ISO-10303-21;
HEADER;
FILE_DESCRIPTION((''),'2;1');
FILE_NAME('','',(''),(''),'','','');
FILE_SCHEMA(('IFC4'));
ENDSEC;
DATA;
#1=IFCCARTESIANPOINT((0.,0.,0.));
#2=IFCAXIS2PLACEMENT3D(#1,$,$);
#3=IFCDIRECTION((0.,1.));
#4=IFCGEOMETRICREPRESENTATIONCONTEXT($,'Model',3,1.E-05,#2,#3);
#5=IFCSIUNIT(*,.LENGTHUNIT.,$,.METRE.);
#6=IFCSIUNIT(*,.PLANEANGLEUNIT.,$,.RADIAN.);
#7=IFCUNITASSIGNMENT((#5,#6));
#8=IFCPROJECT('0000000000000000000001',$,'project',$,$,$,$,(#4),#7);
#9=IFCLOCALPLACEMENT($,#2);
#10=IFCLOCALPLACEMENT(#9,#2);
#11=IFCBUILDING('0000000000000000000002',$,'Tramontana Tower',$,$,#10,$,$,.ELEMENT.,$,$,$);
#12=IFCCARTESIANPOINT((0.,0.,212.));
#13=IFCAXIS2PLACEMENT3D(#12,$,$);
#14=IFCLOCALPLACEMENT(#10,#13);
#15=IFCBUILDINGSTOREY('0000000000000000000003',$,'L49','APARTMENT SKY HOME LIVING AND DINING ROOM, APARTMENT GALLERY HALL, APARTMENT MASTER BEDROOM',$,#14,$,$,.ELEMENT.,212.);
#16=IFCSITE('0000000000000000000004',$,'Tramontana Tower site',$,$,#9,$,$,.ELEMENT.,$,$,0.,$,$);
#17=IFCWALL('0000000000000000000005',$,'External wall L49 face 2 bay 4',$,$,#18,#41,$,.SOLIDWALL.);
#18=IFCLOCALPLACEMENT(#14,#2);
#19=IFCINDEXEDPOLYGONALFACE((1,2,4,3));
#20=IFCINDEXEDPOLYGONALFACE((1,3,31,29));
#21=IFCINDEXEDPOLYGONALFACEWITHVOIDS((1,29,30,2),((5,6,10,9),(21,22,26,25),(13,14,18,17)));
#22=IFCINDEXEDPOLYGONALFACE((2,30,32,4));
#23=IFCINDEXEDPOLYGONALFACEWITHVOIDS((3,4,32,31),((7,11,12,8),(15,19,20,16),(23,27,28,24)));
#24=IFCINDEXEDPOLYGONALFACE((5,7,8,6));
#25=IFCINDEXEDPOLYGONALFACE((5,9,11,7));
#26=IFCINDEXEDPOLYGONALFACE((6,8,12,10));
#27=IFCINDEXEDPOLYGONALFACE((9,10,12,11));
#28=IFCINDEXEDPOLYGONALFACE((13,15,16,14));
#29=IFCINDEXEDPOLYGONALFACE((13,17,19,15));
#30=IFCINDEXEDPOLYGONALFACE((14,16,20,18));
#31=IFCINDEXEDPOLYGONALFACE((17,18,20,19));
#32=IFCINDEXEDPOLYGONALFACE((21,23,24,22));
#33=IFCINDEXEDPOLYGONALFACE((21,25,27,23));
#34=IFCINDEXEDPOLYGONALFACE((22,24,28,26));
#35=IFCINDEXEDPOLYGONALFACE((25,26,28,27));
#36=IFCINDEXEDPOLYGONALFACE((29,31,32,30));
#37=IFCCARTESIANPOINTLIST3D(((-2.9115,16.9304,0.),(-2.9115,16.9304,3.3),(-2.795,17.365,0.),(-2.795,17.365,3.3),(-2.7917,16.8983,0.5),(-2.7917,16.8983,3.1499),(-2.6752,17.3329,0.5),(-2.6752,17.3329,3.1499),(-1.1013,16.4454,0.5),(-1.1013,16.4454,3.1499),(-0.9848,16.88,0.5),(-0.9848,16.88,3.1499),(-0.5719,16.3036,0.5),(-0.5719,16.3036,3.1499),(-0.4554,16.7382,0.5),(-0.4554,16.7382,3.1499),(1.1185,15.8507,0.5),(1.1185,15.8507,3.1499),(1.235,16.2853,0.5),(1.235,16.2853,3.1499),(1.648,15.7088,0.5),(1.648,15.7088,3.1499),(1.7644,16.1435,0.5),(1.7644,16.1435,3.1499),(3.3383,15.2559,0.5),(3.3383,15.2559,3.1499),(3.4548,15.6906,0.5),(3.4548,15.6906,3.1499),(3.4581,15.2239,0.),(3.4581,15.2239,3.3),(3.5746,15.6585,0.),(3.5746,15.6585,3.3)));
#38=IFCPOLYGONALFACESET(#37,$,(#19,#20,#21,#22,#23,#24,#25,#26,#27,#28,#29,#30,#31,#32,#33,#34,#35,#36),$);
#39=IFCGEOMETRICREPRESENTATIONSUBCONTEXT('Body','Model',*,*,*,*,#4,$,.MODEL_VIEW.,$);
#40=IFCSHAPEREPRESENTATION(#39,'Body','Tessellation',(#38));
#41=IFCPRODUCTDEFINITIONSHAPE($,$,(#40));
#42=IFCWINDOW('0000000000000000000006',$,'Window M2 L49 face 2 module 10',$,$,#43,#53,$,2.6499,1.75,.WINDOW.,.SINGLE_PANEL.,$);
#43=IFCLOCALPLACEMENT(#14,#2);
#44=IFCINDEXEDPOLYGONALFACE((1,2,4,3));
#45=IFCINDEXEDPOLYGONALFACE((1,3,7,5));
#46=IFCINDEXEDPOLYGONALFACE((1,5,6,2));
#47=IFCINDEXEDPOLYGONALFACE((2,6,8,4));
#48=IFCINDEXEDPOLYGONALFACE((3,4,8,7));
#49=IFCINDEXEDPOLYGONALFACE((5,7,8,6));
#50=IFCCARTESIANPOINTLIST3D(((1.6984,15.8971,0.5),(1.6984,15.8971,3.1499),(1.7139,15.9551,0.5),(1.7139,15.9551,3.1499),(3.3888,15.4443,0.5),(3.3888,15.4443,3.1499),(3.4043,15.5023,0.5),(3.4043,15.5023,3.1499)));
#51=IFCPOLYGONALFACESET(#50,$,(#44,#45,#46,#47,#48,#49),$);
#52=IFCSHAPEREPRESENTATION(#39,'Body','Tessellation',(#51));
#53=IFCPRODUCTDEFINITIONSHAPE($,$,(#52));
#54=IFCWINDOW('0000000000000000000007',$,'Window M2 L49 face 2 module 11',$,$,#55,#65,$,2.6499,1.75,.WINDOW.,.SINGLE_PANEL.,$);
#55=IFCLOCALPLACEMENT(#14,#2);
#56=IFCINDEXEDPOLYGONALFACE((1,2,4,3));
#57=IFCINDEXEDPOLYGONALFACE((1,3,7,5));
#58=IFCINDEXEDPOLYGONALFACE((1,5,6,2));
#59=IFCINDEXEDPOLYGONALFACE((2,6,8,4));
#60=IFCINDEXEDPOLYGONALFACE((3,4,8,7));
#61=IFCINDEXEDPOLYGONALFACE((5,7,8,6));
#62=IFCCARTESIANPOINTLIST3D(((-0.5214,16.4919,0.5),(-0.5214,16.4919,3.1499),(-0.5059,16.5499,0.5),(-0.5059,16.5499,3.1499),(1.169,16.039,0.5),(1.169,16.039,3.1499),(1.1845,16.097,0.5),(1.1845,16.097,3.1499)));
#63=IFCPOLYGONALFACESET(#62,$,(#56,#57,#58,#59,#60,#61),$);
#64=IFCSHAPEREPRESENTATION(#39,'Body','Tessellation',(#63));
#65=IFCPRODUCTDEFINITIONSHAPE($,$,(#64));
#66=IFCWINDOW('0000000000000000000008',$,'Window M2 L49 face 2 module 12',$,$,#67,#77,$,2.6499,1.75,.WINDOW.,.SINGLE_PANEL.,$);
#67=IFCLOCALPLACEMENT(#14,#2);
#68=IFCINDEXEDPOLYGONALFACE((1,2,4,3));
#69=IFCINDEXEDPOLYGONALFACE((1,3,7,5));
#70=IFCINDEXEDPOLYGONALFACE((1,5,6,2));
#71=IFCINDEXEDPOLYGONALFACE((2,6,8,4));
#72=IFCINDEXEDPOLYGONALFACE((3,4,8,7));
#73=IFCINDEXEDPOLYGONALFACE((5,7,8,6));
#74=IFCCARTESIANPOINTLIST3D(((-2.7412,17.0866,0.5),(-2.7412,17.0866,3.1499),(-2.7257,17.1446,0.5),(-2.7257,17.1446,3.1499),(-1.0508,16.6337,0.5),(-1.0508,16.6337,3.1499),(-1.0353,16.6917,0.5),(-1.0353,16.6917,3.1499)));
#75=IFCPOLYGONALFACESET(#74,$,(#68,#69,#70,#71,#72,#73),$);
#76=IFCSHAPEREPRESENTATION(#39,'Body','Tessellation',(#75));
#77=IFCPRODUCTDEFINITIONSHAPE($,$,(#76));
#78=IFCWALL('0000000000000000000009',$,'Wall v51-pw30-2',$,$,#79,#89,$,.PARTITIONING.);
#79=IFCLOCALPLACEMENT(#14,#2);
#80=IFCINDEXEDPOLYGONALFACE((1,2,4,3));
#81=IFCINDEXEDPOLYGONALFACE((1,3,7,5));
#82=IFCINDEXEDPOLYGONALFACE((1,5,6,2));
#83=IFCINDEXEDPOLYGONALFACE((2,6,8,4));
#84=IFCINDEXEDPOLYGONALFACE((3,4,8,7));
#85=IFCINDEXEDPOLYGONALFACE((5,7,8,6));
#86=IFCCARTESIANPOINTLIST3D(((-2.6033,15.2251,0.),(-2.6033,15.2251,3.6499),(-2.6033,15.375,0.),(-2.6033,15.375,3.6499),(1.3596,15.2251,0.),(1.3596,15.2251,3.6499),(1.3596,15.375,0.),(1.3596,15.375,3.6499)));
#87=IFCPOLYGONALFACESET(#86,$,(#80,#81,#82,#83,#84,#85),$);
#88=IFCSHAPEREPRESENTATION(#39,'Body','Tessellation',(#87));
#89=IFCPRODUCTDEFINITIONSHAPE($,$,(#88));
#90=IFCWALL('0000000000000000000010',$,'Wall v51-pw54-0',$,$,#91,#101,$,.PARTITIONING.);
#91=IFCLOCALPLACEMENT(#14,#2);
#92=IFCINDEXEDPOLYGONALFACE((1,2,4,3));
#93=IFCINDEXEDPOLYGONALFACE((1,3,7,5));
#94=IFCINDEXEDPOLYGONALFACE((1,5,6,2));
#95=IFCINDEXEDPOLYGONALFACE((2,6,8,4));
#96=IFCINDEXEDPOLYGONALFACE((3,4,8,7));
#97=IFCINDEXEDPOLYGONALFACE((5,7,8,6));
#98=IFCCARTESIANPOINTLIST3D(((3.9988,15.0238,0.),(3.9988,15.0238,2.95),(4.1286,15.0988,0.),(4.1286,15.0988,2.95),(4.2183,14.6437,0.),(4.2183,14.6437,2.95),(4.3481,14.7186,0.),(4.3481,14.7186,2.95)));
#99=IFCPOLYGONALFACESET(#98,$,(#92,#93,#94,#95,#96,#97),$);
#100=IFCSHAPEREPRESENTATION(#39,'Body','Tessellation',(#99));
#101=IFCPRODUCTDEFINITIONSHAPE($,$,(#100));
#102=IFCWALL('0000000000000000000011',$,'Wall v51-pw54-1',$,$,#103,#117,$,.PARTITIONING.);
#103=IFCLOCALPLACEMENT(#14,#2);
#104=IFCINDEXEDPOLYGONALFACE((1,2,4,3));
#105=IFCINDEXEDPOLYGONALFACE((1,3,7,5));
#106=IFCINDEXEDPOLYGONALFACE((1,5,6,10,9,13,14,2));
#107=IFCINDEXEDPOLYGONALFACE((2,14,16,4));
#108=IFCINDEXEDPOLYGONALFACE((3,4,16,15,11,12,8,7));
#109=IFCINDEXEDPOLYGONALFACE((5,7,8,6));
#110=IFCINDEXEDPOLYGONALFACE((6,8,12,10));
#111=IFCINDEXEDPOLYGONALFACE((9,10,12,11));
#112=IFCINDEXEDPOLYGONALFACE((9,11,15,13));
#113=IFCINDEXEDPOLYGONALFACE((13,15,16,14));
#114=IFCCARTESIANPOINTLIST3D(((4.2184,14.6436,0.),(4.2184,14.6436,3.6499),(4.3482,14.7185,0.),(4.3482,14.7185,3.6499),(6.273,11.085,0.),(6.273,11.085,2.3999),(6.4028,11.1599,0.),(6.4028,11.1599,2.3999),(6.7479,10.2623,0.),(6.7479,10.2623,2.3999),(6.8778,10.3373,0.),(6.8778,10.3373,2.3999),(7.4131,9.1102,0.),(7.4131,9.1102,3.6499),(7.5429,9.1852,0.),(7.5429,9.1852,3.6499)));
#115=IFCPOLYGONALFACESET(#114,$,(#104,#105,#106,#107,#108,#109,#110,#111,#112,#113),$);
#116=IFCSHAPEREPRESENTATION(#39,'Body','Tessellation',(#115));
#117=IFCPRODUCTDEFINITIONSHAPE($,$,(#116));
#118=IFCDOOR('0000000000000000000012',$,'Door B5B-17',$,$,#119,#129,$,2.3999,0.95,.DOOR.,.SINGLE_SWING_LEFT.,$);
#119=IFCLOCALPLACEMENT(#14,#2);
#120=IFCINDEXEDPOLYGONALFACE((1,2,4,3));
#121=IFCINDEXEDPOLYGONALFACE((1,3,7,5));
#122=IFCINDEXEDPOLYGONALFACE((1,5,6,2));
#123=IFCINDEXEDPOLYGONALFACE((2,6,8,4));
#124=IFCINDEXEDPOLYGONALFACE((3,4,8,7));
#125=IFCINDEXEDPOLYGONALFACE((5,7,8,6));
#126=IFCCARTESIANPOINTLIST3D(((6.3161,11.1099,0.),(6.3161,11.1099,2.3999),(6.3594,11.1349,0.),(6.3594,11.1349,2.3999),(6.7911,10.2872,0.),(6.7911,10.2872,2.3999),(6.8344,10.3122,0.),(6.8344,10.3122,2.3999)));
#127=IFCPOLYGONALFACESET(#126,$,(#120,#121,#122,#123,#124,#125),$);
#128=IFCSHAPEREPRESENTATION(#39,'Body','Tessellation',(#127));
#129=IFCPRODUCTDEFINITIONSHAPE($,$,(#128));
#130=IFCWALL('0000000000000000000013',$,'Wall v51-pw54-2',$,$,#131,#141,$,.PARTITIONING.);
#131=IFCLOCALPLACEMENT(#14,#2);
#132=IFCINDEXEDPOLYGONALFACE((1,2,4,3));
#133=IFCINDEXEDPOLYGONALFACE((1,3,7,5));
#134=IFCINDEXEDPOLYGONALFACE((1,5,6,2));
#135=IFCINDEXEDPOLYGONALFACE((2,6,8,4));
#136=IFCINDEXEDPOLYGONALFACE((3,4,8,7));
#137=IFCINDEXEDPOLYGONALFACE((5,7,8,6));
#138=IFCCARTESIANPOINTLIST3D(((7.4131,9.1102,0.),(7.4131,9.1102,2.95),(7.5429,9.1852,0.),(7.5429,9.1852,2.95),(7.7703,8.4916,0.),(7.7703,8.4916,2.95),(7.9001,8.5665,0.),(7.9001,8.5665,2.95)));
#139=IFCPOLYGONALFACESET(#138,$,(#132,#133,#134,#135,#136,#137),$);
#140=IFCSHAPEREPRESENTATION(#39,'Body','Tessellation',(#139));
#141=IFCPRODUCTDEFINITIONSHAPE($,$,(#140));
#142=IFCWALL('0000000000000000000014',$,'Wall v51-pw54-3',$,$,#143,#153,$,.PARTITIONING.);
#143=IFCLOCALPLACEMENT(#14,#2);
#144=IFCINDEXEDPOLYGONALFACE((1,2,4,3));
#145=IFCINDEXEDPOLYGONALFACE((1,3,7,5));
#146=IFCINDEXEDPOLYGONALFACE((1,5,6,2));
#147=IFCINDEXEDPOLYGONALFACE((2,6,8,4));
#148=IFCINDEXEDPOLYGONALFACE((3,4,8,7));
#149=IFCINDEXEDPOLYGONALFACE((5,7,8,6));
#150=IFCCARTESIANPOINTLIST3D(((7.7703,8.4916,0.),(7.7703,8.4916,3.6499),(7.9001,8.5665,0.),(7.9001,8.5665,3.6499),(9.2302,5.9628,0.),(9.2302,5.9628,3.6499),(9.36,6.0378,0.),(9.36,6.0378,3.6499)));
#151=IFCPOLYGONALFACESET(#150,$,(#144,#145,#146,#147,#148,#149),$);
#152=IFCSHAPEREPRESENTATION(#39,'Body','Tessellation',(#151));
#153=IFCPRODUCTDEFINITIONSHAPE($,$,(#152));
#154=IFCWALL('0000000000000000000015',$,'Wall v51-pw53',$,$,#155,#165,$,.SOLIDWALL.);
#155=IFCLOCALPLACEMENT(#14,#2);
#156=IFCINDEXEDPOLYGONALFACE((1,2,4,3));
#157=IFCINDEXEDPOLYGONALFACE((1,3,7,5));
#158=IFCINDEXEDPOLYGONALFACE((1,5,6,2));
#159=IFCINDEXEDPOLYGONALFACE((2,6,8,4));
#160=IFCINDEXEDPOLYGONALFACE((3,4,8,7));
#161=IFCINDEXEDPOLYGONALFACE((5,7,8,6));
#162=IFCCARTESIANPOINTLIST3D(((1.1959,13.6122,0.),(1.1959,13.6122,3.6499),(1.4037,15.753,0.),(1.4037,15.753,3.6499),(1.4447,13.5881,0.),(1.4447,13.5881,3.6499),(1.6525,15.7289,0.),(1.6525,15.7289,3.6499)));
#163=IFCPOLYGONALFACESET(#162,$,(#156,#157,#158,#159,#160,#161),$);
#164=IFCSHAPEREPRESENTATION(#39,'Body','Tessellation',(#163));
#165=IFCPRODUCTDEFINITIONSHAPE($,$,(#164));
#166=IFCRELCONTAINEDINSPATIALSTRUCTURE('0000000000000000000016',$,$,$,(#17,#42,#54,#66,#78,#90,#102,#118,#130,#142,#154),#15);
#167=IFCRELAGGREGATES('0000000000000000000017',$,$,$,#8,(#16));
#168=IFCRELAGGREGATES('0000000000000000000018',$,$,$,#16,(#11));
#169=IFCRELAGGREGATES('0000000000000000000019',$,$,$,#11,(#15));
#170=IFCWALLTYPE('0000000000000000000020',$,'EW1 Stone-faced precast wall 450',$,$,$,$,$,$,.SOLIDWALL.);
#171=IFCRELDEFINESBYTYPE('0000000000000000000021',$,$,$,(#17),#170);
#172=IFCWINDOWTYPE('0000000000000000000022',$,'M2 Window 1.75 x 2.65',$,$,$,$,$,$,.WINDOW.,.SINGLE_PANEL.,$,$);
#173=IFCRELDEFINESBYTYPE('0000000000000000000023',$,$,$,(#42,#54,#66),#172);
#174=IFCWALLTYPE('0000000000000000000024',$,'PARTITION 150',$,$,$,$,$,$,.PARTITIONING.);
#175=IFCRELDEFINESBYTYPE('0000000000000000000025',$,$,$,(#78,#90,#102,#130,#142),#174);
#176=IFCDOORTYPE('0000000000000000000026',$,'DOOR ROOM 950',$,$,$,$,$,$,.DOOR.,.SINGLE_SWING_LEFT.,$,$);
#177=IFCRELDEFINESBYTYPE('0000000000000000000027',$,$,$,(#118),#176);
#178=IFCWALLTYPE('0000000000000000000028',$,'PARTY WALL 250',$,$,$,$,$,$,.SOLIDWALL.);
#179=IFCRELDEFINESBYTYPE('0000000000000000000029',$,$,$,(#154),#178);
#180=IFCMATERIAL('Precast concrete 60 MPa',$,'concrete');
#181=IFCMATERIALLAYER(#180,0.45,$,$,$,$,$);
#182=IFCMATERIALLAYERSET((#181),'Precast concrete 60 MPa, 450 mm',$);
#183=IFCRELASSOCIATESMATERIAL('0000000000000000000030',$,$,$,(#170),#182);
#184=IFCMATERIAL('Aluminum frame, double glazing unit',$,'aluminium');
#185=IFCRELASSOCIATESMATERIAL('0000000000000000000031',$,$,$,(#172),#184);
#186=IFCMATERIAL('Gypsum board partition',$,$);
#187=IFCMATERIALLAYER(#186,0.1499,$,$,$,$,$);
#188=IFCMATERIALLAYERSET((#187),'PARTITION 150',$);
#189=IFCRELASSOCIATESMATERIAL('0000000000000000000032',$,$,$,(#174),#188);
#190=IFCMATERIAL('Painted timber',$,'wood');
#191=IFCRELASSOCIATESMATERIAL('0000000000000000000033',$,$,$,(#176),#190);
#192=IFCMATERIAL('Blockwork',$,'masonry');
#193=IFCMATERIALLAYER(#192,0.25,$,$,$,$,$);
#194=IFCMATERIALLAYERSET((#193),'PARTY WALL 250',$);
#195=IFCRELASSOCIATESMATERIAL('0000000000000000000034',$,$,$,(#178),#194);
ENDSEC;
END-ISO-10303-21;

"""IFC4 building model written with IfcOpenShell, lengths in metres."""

from ifc_helpers import new_model, si_unit, direction, frame, frame_2d, origin, place, context, subcontext, project, spatial, rectangle, extrude, material, layer, layer_set, type_object, element, fill, save


model = new_model("IFC4")

# Units and contexts
model_context = context("Model", 3, precision=1e-05, world=origin(), true_north=direction((0.0, 1.0)))
body_context = subcontext(model_context, "Body", "Model", "MODEL_VIEW")
ifc_project = project(units=[si_unit("LENGTHUNIT", "METRE"), si_unit("PLANEANGLEUNIT", "RADIAN")], contexts=[model_context])

# Site, building, storey
site_placement = place(None, origin())
site = spatial("IfcSite", under=ifc_project, at=site_placement, Name="Tramontana Tower site", CompositionType="ELEMENT", RefElevation=0.0)
building_placement = place(site_placement, origin())
building = spatial("IfcBuilding", under=site, at=building_placement, Name="Tramontana Tower", CompositionType="ELEMENT")
storey_placement = place(building_placement, frame((0.0, 0.0, 212.0)))
storey = spatial("IfcBuildingStorey", under=building, at=storey_placement, Name="L49", Description="APARTMENT SKY HOME LIVING AND DINING ROOM, APARTMENT GALLERY HALL, APARTMENT MASTER BEDROOM", CompositionType="ELEMENT", Elevation=212.0)

# Wall, openings, windows
ifc_material_1 = material(Name="Precast concrete 60 MPa", Category="concrete")
ifc_layer_1 = layer(ifc_material_1, 0.45)
ifc_layer_set_1 = layer_set([ifc_layer_1], Name="Precast concrete 60 MPa, 450 mm")
wall_type_1 = type_object("IfcWallType", Name="EW1 Stone-faced precast wall 450", PredefinedType="SOLIDWALL", material=ifc_layer_set_1)
wall_1_placement = place(storey_placement, frame((3.5164, 15.4412, 0.0), z_axis=(0.0, 0.0, 1.0), x_axis=(-0.965933, 0.258792, 0.0)))
wall_1 = element("IfcWall", 1, at=wall_1_placement, inside=storey, type_object=wall_type_1, Name="External wall L49 face 2 bay 4", PredefinedType="SOLIDWALL", context=body_context, shape_type="SweptSolid", body=[
    extrude(rectangle(XDim=6.5942, YDim=0.45, at=frame_2d((3.2971, 0.0))), origin(), (0.0, 0.0, 1.0), 3.3),
])
opening_1_placement = place(wall_1_placement, frame((0.124, 0.0, 0.5)))
opening_1 = element("IfcOpeningElement", 2, at=opening_1_placement, cuts=wall_1, PredefinedType="OPENING", context=body_context, shape_type="SweptSolid", body=[
    extrude(rectangle(XDim=1.75, YDim=2.6499, at=frame_2d((0.875, 1.325))), frame((0.0, 0.2349, 0.0), z_axis=(0.0, -1.0, 0.0), x_axis=(1.0, 0.0, 0.0)), (0.0, 0.0, 1.0), 0.47),
])
opening_2_placement = place(wall_1_placement, frame((2.4221, 0.0, 0.5)))
opening_2 = element("IfcOpeningElement", 3, at=opening_2_placement, cuts=wall_1, PredefinedType="OPENING", context=body_context, shape_type="SweptSolid", body=[
    extrude(rectangle(XDim=1.75, YDim=2.6499, at=frame_2d((0.875, 1.325))), frame((0.0, 0.2349, 0.0), z_axis=(0.0, -1.0, 0.0), x_axis=(1.0, 0.0, 0.0)), (0.0, 0.0, 1.0), 0.47),
])
opening_3_placement = place(wall_1_placement, frame((4.7202, 0.0, 0.5)))
opening_3 = element("IfcOpeningElement", 4, at=opening_3_placement, cuts=wall_1, PredefinedType="OPENING", context=body_context, shape_type="SweptSolid", body=[
    extrude(rectangle(XDim=1.75, YDim=2.6499, at=frame_2d((0.875, 1.325))), frame((0.0, 0.2349, 0.0), z_axis=(0.0, -1.0, 0.0), x_axis=(1.0, 0.0, 0.0)), (0.0, 0.0, 1.0), 0.47),
])
ifc_material_2 = material(Name="Aluminum frame, double glazing unit", Category="aluminium")
window_type = type_object("IfcWindowType", Name="M2 Window 1.75 x 2.65", PartitioningType="SINGLE_PANEL", PredefinedType="WINDOW", material=ifc_material_2)
window_1_placement = place(opening_1_placement, origin())
window_1 = element("IfcWindow", 5, at=window_1_placement, inside=storey, type_object=window_type, Name="Window M2 L49 face 2 module 10", OverallHeight=2.6499, OverallWidth=1.75, PartitioningType="SINGLE_PANEL", PredefinedType="WINDOW", context=body_context, shape_type="SweptSolid", body=[
    extrude(rectangle(XDim=1.75, YDim=2.6499, at=frame_2d((0.875, 1.325))), frame((0.0, 0.03, 0.0), z_axis=(0.0, -1.0, 0.0), x_axis=(1.0, 0.0, 0.0)), (0.0, 0.0, 1.0), 0.0601),
])
fill(opening_1, window_1)
window_2_placement = place(opening_2_placement, origin())
window_2 = element("IfcWindow", 6, at=window_2_placement, inside=storey, type_object=window_type, Name="Window M2 L49 face 2 module 11", OverallHeight=2.6499, OverallWidth=1.75, PartitioningType="SINGLE_PANEL", PredefinedType="WINDOW", context=body_context, shape_type="SweptSolid", body=[
    extrude(rectangle(XDim=1.75, YDim=2.6499, at=frame_2d((0.875, 1.325))), frame((0.0, 0.03, 0.0), z_axis=(0.0, -1.0, 0.0), x_axis=(1.0, 0.0, 0.0)), (0.0, 0.0, 1.0), 0.0601),
])
fill(opening_2, window_2)
window_3_placement = place(opening_3_placement, origin())
window_3 = element("IfcWindow", 7, at=window_3_placement, inside=storey, type_object=window_type, Name="Window M2 L49 face 2 module 12", OverallHeight=2.6499, OverallWidth=1.75, PartitioningType="SINGLE_PANEL", PredefinedType="WINDOW", context=body_context, shape_type="SweptSolid", body=[
    extrude(rectangle(XDim=1.75, YDim=2.6499, at=frame_2d((0.875, 1.325))), frame((0.0, 0.03, 0.0), z_axis=(0.0, -1.0, 0.0), x_axis=(1.0, 0.0, 0.0)), (0.0, 0.0, 1.0), 0.0601),
])
fill(opening_3, window_3)

# Walls
ifc_material_3 = material(Name="Gypsum board partition")
ifc_layer_2 = layer(ifc_material_3, 0.1499)
ifc_layer_set_2 = layer_set([ifc_layer_2], Name="PARTITION 150")
wall_type_2 = type_object("IfcWallType", Name="PARTITION 150", PredefinedType="PARTITIONING", material=ifc_layer_set_2)
wall_2_placement = place(storey_placement, frame((-2.6033, 15.3, 0.0), z_axis=(0.0, 0.0, 1.0), x_axis=(1.0, 0.0, 0.0)))
element("IfcWall", 8, at=wall_2_placement, inside=storey, type_object=wall_type_2, Name="Wall v51-pw30-2", PredefinedType="PARTITIONING", context=body_context, shape_type="SweptSolid", body=[
    extrude(rectangle(XDim=3.9629, YDim=0.1499, at=frame_2d((1.9814, 0.0))), origin(), (0.0, 0.0, 1.0), 3.6499),
])
wall_3_placement = place(storey_placement, frame((4.0637, 15.0613, 0.0), z_axis=(0.0, 0.0, 1.0), x_axis=(0.500027, -0.86601, 0.0)))
element("IfcWall", 9, at=wall_3_placement, inside=storey, type_object=wall_type_2, Name="Wall v51-pw54-0", PredefinedType="PARTITIONING", context=body_context, shape_type="SweptSolid", body=[
    extrude(rectangle(XDim=0.439, YDim=0.1499, at=frame_2d((0.2195, 0.0))), origin(), (0.0, 0.0, 1.0), 2.95),
])

# Wall, opening, door
wall_4_placement = place(storey_placement, frame((4.2832, 14.6812, 0.0), z_axis=(0.0, 0.0, 1.0), x_axis=(0.50001, -0.86602, 0.0)))
wall_4 = element("IfcWall", 10, at=wall_4_placement, inside=storey, type_object=wall_type_2, Name="Wall v51-pw54-1", PredefinedType="PARTITIONING", context=body_context, shape_type="SweptSolid", body=[
    extrude(rectangle(XDim=6.3894, YDim=0.1499, at=frame_2d((3.1948, 0.0))), origin(), (0.0, 0.0, 1.0), 3.6499),
])
opening_4_placement = place(wall_4_placement, frame((4.1091, 0.0, 0.0)))
opening_4 = element("IfcOpeningElement", 11, at=opening_4_placement, cuts=wall_4, PredefinedType="OPENING", context=body_context, shape_type="SweptSolid", body=[
    extrude(rectangle(XDim=0.95, YDim=2.3999, at=frame_2d((0.4751, 1.2))), frame((0.0, 0.085, 0.0), z_axis=(0.0, -1.0, 0.0), x_axis=(1.0, 0.0, 0.0)), (0.0, 0.0, 1.0), 0.1699),
])
ifc_material_4 = material(Name="Painted timber", Category="wood")
door_type_1 = type_object("IfcDoorType", Name="DOOR ROOM 950", OperationType="SINGLE_SWING_LEFT", PredefinedType="DOOR", material=ifc_material_4)
door_1_placement = place(opening_4_placement, origin())
door_1 = element("IfcDoor", 12, at=door_1_placement, inside=storey, type_object=door_type_1, Name="Door B5B-17", OperationType="SINGLE_SWING_LEFT", OverallHeight=2.3999, OverallWidth=0.95, PredefinedType="DOOR", context=body_context, shape_type="SweptSolid", body=[
    extrude(rectangle(XDim=0.95, YDim=2.3999, at=frame_2d((0.4751, 1.2))), frame((0.0, 0.0249, 0.0), z_axis=(0.0, -1.0, 0.0), x_axis=(1.0, 0.0, 0.0)), (0.0, 0.0, 1.0), 0.05),
])
fill(opening_4, door_1)

# Walls
wall_5_placement = place(storey_placement, frame((7.478, 9.1477, 0.0), z_axis=(0.0, 0.0, 1.0), x_axis=(0.499999, -0.866026, 0.0)))
element("IfcWall", 13, at=wall_5_placement, inside=storey, type_object=wall_type_2, Name="Wall v51-pw54-2", PredefinedType="PARTITIONING", context=body_context, shape_type="SweptSolid", body=[
    extrude(rectangle(XDim=0.7144, YDim=0.1499, at=frame_2d((0.3572, 0.0))), origin(), (0.0, 0.0, 1.0), 2.95),
])
wall_6_placement = place(storey_placement, frame((7.8352, 8.5291, 0.0), z_axis=(0.0, 0.0, 1.0), x_axis=(0.499988, -0.866032, 0.0)))
element("IfcWall", 14, at=wall_6_placement, inside=storey, type_object=wall_type_2, Name="Wall v51-pw54-3", PredefinedType="PARTITIONING", context=body_context, shape_type="SweptSolid", body=[
    extrude(rectangle(XDim=2.9199, YDim=0.1499, at=frame_2d((1.46, 0.0))), origin(), (0.0, 0.0, 1.0), 3.6499),
])
ifc_material_5 = material(Name="Blockwork", Category="masonry")
ifc_layer_3 = layer(ifc_material_5, 0.25)
ifc_layer_set_3 = layer_set([ifc_layer_3], Name="PARTY WALL 250")
wall_type_3 = type_object("IfcWallType", Name="PARTY WALL 250", PredefinedType="SOLIDWALL", material=ifc_layer_set_3)
wall_7_placement = place(storey_placement, frame((1.5281, 15.741, 0.0), z_axis=(0.0, 0.0, 1.0), x_axis=(-0.096593, -0.995324, 0.0)))
element("IfcWall", 15, at=wall_7_placement, inside=storey, type_object=wall_type_3, Name="Wall v51-pw53", PredefinedType="SOLIDWALL", context=body_context, shape_type="SweptSolid", body=[
    extrude(rectangle(XDim=2.1509, YDim=0.25, at=frame_2d((1.0754, 0.0))), origin(), (0.0, 0.0, 1.0), 3.6499),
])

save(model, "model.ifc")
